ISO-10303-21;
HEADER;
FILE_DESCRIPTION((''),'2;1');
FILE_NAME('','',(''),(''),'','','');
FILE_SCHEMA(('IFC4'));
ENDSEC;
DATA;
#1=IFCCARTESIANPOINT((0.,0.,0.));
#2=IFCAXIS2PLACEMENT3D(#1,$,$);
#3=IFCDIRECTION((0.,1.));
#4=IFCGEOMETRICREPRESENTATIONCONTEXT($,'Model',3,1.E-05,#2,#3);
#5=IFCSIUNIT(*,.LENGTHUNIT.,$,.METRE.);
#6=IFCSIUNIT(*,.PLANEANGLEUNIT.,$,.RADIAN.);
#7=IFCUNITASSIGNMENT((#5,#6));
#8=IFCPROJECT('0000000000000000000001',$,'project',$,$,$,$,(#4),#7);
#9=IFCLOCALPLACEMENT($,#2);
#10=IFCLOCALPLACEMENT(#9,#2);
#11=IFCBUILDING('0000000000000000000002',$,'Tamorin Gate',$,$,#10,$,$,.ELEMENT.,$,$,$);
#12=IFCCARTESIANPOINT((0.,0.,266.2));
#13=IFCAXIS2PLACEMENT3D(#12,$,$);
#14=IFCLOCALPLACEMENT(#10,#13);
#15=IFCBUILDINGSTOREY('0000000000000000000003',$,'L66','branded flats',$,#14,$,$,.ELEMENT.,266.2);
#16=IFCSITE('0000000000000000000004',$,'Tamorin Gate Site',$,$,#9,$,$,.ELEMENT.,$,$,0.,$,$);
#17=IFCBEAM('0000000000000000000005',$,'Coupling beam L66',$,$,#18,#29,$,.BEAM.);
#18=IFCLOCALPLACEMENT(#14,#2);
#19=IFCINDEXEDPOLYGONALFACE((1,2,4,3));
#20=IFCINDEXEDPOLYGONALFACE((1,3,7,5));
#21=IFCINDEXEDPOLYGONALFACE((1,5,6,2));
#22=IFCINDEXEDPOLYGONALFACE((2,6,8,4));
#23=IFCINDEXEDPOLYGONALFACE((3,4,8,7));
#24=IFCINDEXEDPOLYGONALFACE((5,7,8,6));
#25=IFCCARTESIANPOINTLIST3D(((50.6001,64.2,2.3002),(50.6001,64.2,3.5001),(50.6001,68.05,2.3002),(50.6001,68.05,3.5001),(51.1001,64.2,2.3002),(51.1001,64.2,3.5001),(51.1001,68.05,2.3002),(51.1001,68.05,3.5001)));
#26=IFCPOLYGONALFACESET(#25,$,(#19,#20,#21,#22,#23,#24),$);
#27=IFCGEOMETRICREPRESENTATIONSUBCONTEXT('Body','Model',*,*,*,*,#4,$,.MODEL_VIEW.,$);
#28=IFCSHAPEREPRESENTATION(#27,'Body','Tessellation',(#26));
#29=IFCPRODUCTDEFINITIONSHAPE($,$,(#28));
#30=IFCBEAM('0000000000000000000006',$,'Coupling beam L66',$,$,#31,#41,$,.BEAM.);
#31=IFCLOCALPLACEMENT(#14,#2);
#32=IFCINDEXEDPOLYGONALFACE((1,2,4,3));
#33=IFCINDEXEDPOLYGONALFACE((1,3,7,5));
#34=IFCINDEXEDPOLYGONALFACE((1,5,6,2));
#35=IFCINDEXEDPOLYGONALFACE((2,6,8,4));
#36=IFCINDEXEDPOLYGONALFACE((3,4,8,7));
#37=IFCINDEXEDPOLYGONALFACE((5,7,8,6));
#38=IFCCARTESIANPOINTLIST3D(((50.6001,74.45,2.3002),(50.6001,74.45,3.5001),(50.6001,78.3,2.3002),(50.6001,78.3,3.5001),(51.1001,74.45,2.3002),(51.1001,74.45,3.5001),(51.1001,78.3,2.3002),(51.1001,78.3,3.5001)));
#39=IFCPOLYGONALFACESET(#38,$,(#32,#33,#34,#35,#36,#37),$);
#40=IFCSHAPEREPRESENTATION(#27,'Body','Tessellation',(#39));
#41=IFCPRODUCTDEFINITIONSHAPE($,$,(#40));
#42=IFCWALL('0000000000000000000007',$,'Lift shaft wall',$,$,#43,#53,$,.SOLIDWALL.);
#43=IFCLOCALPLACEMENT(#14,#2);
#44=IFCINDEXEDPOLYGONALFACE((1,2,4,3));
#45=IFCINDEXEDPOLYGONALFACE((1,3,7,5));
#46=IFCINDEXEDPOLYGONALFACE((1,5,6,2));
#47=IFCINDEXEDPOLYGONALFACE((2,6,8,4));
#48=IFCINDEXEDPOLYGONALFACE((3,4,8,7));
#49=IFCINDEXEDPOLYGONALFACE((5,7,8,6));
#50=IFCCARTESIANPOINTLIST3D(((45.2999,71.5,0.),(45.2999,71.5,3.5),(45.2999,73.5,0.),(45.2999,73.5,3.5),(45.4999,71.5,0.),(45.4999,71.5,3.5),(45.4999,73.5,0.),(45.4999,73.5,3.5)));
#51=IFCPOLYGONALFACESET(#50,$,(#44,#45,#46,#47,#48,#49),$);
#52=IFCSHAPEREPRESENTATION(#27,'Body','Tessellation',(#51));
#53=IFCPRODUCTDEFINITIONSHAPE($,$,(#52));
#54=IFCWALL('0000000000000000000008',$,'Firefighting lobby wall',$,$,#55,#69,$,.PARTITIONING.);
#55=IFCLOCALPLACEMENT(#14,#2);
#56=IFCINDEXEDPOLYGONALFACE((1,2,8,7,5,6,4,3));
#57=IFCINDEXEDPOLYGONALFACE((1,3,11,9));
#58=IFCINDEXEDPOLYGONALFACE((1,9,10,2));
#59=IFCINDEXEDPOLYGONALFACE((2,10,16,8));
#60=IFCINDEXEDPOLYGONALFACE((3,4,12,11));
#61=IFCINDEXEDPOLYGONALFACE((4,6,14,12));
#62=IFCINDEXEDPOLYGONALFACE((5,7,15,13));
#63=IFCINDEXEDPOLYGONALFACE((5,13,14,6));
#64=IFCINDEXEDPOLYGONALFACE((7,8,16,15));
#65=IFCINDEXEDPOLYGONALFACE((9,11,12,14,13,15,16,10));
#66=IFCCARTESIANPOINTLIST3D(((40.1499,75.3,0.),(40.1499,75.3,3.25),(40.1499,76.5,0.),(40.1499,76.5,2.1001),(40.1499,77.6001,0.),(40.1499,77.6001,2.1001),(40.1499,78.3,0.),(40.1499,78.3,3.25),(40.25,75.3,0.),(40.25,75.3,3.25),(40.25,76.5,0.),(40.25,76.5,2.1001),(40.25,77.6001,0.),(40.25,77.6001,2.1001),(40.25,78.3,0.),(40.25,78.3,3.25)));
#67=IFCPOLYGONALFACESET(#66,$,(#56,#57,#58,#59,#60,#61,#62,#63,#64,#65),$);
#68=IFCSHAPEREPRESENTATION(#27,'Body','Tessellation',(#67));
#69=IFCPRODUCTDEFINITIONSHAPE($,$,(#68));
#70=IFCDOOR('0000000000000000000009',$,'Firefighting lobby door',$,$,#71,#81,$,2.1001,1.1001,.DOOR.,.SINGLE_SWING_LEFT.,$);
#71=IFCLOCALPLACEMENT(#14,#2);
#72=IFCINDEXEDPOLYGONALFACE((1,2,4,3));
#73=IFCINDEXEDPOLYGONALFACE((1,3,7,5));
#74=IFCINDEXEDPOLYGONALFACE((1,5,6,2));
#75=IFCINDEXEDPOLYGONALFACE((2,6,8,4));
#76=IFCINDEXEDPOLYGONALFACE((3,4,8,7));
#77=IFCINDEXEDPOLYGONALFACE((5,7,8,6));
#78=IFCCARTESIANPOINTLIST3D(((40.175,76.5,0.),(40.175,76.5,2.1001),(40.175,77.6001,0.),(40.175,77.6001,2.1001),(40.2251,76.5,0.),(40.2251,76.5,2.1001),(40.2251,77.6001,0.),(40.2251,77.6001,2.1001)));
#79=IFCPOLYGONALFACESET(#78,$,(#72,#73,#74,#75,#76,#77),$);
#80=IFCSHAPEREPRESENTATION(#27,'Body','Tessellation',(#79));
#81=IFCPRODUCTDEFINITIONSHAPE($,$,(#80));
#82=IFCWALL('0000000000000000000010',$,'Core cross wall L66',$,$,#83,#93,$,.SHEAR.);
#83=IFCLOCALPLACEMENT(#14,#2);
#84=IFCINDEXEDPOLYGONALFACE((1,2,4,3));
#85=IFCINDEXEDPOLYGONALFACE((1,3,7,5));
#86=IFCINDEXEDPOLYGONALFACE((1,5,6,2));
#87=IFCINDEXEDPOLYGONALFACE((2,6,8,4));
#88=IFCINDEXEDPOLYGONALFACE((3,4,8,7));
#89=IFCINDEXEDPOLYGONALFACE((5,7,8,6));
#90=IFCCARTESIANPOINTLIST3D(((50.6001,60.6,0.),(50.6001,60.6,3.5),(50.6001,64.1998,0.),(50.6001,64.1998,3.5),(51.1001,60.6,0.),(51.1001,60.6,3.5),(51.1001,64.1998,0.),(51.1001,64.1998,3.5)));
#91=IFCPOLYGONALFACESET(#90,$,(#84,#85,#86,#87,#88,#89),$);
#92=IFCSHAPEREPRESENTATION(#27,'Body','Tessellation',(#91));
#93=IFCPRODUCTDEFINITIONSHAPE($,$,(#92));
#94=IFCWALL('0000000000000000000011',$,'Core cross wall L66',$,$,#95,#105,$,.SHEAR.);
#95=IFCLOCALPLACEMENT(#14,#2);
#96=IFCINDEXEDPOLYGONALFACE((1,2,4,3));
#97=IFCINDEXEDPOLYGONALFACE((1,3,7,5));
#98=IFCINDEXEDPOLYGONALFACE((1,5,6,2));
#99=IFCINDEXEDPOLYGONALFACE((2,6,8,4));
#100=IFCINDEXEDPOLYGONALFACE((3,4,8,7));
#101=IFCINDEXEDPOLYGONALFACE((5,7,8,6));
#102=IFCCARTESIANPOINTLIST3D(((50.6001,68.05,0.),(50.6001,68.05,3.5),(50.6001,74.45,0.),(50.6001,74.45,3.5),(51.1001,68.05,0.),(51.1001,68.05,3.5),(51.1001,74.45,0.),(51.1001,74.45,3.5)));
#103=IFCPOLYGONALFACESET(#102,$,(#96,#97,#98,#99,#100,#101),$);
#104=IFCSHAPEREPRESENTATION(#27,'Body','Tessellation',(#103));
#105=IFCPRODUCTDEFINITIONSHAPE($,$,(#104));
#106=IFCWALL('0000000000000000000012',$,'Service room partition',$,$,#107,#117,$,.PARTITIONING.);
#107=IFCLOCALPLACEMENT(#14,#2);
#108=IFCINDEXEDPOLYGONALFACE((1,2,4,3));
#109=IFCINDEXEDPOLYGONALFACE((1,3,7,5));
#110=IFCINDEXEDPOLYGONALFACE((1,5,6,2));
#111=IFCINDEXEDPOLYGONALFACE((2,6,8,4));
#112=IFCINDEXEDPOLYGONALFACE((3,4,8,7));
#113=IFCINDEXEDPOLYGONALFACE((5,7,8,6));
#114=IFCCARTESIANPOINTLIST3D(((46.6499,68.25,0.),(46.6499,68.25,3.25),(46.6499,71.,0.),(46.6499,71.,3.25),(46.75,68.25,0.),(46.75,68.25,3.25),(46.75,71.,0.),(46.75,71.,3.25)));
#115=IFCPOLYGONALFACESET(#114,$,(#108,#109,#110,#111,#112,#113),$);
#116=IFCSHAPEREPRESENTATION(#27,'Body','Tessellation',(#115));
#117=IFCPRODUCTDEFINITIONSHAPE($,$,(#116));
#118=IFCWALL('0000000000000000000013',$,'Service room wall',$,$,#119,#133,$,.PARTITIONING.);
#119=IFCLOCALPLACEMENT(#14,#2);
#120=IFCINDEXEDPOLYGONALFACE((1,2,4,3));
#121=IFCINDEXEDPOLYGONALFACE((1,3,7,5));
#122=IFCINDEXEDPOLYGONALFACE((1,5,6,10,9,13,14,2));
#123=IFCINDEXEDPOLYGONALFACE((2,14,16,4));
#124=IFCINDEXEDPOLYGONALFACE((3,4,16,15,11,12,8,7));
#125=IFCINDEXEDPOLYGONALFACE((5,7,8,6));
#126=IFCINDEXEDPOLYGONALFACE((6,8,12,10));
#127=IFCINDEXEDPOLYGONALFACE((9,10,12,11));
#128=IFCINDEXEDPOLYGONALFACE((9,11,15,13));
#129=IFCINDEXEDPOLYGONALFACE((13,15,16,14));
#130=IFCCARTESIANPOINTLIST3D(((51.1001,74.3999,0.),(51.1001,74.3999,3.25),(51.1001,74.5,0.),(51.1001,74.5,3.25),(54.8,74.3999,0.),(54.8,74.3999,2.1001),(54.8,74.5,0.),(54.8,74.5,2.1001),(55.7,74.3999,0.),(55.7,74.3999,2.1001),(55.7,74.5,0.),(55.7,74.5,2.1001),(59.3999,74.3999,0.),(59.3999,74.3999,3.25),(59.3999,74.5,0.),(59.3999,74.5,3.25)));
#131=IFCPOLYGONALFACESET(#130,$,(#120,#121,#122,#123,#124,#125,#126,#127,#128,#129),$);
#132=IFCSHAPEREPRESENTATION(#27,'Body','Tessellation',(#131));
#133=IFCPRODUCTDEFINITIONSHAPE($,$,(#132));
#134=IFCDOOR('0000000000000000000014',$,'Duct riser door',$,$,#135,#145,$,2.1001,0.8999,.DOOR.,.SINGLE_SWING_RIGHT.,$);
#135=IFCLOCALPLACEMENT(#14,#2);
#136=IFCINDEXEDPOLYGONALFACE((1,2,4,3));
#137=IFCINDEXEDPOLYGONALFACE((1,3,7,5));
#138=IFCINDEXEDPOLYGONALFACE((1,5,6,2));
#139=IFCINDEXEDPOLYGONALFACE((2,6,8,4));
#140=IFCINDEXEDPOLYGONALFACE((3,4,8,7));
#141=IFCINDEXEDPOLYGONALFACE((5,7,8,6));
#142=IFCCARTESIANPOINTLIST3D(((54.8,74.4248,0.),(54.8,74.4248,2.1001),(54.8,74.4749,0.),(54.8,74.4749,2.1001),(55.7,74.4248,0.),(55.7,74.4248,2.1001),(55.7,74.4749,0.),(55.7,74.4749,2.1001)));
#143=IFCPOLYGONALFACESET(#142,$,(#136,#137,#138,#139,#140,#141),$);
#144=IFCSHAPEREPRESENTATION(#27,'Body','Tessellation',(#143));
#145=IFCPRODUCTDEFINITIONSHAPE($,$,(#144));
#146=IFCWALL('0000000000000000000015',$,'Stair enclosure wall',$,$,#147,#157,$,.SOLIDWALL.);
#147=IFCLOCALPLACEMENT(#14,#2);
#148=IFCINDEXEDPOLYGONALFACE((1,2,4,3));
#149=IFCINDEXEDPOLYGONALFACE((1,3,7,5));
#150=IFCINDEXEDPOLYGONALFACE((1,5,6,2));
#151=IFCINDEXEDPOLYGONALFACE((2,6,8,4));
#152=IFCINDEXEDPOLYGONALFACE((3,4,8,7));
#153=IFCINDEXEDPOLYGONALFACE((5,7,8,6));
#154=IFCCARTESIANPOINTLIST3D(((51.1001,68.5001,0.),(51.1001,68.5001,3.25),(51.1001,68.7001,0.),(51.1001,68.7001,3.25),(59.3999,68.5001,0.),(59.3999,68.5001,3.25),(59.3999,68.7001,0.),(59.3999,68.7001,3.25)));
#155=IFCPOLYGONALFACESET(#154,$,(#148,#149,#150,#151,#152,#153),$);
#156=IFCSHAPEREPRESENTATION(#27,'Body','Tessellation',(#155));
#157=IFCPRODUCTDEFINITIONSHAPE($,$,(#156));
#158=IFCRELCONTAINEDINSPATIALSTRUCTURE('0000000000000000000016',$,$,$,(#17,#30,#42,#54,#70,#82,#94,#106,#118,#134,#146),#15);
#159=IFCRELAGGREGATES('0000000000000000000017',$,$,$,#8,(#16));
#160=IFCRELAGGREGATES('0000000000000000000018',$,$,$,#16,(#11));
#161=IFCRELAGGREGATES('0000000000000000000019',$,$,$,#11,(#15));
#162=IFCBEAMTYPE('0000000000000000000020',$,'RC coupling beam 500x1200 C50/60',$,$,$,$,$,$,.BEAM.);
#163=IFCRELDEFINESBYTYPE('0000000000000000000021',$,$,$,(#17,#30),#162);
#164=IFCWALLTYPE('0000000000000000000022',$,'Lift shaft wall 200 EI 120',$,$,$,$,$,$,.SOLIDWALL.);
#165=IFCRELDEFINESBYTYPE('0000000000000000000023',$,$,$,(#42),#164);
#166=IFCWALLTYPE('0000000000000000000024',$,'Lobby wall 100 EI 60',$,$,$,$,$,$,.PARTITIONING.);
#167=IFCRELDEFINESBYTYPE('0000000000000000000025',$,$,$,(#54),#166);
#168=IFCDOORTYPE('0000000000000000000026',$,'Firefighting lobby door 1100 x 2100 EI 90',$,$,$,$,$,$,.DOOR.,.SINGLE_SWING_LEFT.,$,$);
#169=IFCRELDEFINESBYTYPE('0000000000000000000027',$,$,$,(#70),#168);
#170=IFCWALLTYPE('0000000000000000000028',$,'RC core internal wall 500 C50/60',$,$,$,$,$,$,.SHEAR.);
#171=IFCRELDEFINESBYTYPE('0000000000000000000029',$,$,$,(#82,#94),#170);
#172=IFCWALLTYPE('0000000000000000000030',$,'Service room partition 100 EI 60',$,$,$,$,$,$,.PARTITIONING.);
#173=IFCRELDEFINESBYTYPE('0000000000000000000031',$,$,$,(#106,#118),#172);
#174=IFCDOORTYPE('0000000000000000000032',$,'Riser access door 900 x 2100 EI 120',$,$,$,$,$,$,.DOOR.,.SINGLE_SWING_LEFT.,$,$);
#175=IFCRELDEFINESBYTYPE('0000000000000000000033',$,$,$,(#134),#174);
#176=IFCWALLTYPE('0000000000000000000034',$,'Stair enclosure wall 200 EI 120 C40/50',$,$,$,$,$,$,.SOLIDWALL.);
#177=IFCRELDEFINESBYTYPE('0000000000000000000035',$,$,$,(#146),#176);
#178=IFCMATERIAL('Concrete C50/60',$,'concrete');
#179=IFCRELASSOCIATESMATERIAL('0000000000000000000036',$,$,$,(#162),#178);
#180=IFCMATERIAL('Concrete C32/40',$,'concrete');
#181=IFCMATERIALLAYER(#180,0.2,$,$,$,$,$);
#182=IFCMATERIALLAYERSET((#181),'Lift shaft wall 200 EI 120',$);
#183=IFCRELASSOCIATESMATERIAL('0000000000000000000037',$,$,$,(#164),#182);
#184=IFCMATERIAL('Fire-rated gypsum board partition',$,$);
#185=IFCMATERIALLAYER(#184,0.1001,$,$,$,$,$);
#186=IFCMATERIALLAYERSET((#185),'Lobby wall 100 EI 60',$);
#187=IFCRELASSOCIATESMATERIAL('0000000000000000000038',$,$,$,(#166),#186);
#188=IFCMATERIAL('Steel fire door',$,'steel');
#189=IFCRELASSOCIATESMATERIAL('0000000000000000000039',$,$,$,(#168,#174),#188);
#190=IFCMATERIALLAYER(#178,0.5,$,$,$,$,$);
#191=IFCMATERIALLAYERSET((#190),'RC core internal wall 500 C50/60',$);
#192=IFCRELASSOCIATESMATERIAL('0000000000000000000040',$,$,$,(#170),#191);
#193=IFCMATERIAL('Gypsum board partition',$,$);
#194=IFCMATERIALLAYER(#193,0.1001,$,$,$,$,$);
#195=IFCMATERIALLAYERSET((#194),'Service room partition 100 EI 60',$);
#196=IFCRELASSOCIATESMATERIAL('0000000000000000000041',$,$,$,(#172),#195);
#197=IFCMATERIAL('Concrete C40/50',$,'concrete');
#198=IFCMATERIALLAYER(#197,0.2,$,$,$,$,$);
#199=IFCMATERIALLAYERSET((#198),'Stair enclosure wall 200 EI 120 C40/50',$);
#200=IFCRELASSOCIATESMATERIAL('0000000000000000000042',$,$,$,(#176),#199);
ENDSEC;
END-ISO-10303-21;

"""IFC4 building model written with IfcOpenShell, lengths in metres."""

from ifc_helpers import new_model, si_unit, direction, frame, frame_2d, origin, origin_2d, place, context, subcontext, project, spatial, rectangle, extrude, material, layer, layer_set, material_profile, profile_set, type_object, element, fill, save


model = new_model("IFC4")

# Units and contexts
model_context = context("Model", 3, precision=1e-05, world=origin(), true_north=direction((0.0, 1.0)))
body_context = subcontext(model_context, "Body", "Model", "MODEL_VIEW")
ifc_project = project(units=[si_unit("LENGTHUNIT", "METRE"), si_unit("PLANEANGLEUNIT", "RADIAN")], contexts=[model_context])

# Site, building, storey
site_placement = place(None, origin())
site = spatial("IfcSite", under=ifc_project, at=site_placement, Name="Tamorin Gate Site", CompositionType="ELEMENT", RefElevation=0.0)
building_placement = place(site_placement, origin())
building = spatial("IfcBuilding", under=site, at=building_placement, Name="Tamorin Gate", CompositionType="ELEMENT")
storey_placement = place(building_placement, frame((0.0, 0.0, 266.2)))
storey = spatial("IfcBuildingStorey", under=building, at=storey_placement, Name="L66", Description="branded flats", CompositionType="ELEMENT", Elevation=266.2)

# Beams
ifc_material_1 = material(Name="Concrete C50/60", Category="concrete")
ifc_material_profile = material_profile(ifc_material_1, rectangle(XDim=0.5, YDim=1.2, at=origin_2d()), Name="RC 500x1200")
ifc_profile_set = profile_set([ifc_material_profile], Name="Concrete C50/60")
beam_type = type_object("IfcBeamType", Name="RC coupling beam 500x1200 C50/60", PredefinedType="BEAM", material=ifc_profile_set)
for number, where, z_axis, x_axis, name in (
    (1, (50.8501, 64.2, 2.9001), (0.0, 1.0, 0.0), (-1.0, 0.0, 0.0), "Coupling beam L66"),
    (2, (50.8501, 74.45, 2.9001), (0.0, 1.0, 0.0), (-1.0, 0.0, 0.0), "Coupling beam L66"),
):
    element("IfcBeam", number, at=place(storey_placement, frame(where, z_axis=z_axis, x_axis=x_axis)), inside=storey, type_object=beam_type, Name=name, PredefinedType="BEAM", context=body_context, shape_type="SweptSolid", body=[
        extrude(rectangle(XDim=0.5, YDim=1.2, at=origin_2d()), origin(), (0.0, 0.0, 1.0), 3.8501),
    ])

# Wall
ifc_material_2 = material(Name="Concrete C32/40", Category="concrete")
ifc_layer_1 = layer(ifc_material_2, 0.2)
ifc_layer_set_1 = layer_set([ifc_layer_1], Name="Lift shaft wall 200 EI 120")
wall_type_1 = type_object("IfcWallType", Name="Lift shaft wall 200 EI 120", PredefinedType="SOLIDWALL", material=ifc_layer_set_1)
wall_1_placement = place(storey_placement, frame((45.3999, 71.5, 0.0), z_axis=(0.0, 0.0, 1.0), x_axis=(0.0, 1.0, 0.0)))
element("IfcWall", 3, at=wall_1_placement, inside=storey, type_object=wall_type_1, Name="Lift shaft wall", PredefinedType="SOLIDWALL", context=body_context, shape_type="SweptSolid", body=[
    extrude(rectangle(XDim=2.0, YDim=0.2, at=frame_2d((1.0, 0.0))), origin(), (0.0, 0.0, 1.0), 3.5),
])

# Wall, opening, door
ifc_material_3 = material(Name="Fire-rated gypsum board partition")
ifc_layer_2 = layer(ifc_material_3, 0.1001)
ifc_layer_set_2 = layer_set([ifc_layer_2], Name="Lobby wall 100 EI 60")
wall_type_2 = type_object("IfcWallType", Name="Lobby wall 100 EI 60", PredefinedType="PARTITIONING", material=ifc_layer_set_2)
wall_2_placement = place(storey_placement, frame((40.2, 75.3, 0.0), z_axis=(0.0, 0.0, 1.0), x_axis=(0.0, 1.0, 0.0)))
wall_2 = element("IfcWall", 4, at=wall_2_placement, inside=storey, type_object=wall_type_2, Name="Firefighting lobby wall", PredefinedType="PARTITIONING", context=body_context, shape_type="SweptSolid", body=[
    extrude(rectangle(XDim=3.0, YDim=0.1001, at=frame_2d((1.5, 0.0))), origin(), (0.0, 0.0, 1.0), 3.25),
])
opening_1_placement = place(wall_2_placement, frame((1.2, 0.0, 0.0)))
opening_1 = element("IfcOpeningElement", 5, at=opening_1_placement, cuts=wall_2, PredefinedType="OPENING", context=body_context, shape_type="SweptSolid", body=[
    extrude(rectangle(XDim=1.1001, YDim=2.1001, at=frame_2d((0.55, 1.05))), frame((0.0, 0.0601, 0.0), z_axis=(0.0, -1.0, 0.0), x_axis=(1.0, 0.0, 0.0)), (0.0, 0.0, 1.0), 0.1201),
])
ifc_material_4 = material(Name="Steel fire door", Category="steel")
door_type_1 = type_object("IfcDoorType", Name="Firefighting lobby door 1100 x 2100 EI 90", OperationType="SINGLE_SWING_LEFT", PredefinedType="DOOR", material=ifc_material_4)
door_1_placement = place(opening_1_placement, origin())
door_1 = element("IfcDoor", 6, at=door_1_placement, inside=storey, type_object=door_type_1, Name="Firefighting lobby door", OperationType="SINGLE_SWING_LEFT", OverallHeight=2.1001, OverallWidth=1.1001, PredefinedType="DOOR", context=body_context, shape_type="SweptSolid", body=[
    extrude(rectangle(XDim=1.1001, YDim=2.1001, at=frame_2d((0.55, 1.05))), frame((0.0, 0.0249, 0.0), z_axis=(0.0, -1.0, 0.0), x_axis=(1.0, 0.0, 0.0)), (0.0, 0.0, 1.0), 0.05),
])
fill(opening_1, door_1)

# Walls
ifc_layer_3 = layer(ifc_material_1, 0.5)
ifc_layer_set_3 = layer_set([ifc_layer_3], Name="RC core internal wall 500 C50/60")
wall_type_3 = type_object("IfcWallType", Name="RC core internal wall 500 C50/60", PredefinedType="SHEAR", material=ifc_layer_set_3)
wall_3_placement = place(storey_placement, frame((50.8501, 60.6001, 0.0), z_axis=(0.0, 0.0, 1.0), x_axis=(0.0, 1.0, 0.0)))
element("IfcWall", 7, at=wall_3_placement, inside=storey, type_object=wall_type_3, Name="Core cross wall L66", PredefinedType="SHEAR", context=body_context, shape_type="SweptSolid", body=[
    extrude(rectangle(XDim=3.5999, YDim=0.5, at=frame_2d((1.7998, 0.0))), origin(), (0.0, 0.0, 1.0), 3.5),
])
wall_4_placement = place(storey_placement, frame((50.8501, 68.05, 0.0), z_axis=(0.0, 0.0, 1.0), x_axis=(0.0, 1.0, 0.0)))
element("IfcWall", 8, at=wall_4_placement, inside=storey, type_object=wall_type_3, Name="Core cross wall L66", PredefinedType="SHEAR", context=body_context, shape_type="SweptSolid", body=[
    extrude(rectangle(XDim=6.3999, YDim=0.5, at=frame_2d((3.2, 0.0))), origin(), (0.0, 0.0, 1.0), 3.5),
])
ifc_material_5 = material(Name="Gypsum board partition")
ifc_layer_4 = layer(ifc_material_5, 0.1001)
ifc_layer_set_4 = layer_set([ifc_layer_4], Name="Service room partition 100 EI 60")
wall_type_4 = type_object("IfcWallType", Name="Service room partition 100 EI 60", PredefinedType="PARTITIONING", material=ifc_layer_set_4)
wall_5_placement = place(storey_placement, frame((46.7, 68.25, 0.0), z_axis=(0.0, 0.0, 1.0), x_axis=(0.0, 1.0, 0.0)))
element("IfcWall", 9, at=wall_5_placement, inside=storey, type_object=wall_type_4, Name="Service room partition", PredefinedType="PARTITIONING", context=body_context, shape_type="SweptSolid", body=[
    extrude(rectangle(XDim=2.75, YDim=0.1001, at=frame_2d((1.375, 0.0))), origin(), (0.0, 0.0, 1.0), 3.25),
])

# Wall, opening, door
wall_6_placement = place(storey_placement, frame((51.1001, 74.45, 0.0), z_axis=(0.0, 0.0, 1.0), x_axis=(1.0, 0.0, 0.0)))
wall_6 = element("IfcWall", 10, at=wall_6_placement, inside=storey, type_object=wall_type_4, Name="Service room wall", PredefinedType="PARTITIONING", context=body_context, shape_type="SweptSolid", body=[
    extrude(rectangle(XDim=8.2998, YDim=0.1001, at=frame_2d((4.1499, 0.0))), origin(), (0.0, 0.0, 1.0), 3.25),
])
opening_2_placement = place(wall_6_placement, frame((3.7, 0.0, 0.0)))
opening_2 = element("IfcOpeningElement", 11, at=opening_2_placement, cuts=wall_6, PredefinedType="OPENING", context=body_context, shape_type="SweptSolid", body=[
    extrude(rectangle(XDim=0.8999, YDim=2.1001, at=frame_2d((0.45, 1.05))), frame((0.0, 0.0601, 0.0), z_axis=(0.0, -1.0, 0.0), x_axis=(1.0, 0.0, 0.0)), (0.0, 0.0, 1.0), 0.1201),
])
door_type_2 = type_object("IfcDoorType", Name="Riser access door 900 x 2100 EI 120", OperationType="SINGLE_SWING_LEFT", PredefinedType="DOOR", material=ifc_material_4)
door_2_placement = place(opening_2_placement, origin())
door_2 = element("IfcDoor", 12, at=door_2_placement, inside=storey, type_object=door_type_2, Name="Duct riser door", OperationType="SINGLE_SWING_RIGHT", OverallHeight=2.1001, OverallWidth=0.8999, PredefinedType="DOOR", context=body_context, shape_type="SweptSolid", body=[
    extrude(rectangle(XDim=0.8999, YDim=2.1001, at=frame_2d((0.45, 1.05))), frame((0.0, 0.0249, 0.0), z_axis=(0.0, -1.0, 0.0), x_axis=(1.0, 0.0, 0.0)), (0.0, 0.0, 1.0), 0.05),
])
fill(opening_2, door_2)

# Wall
ifc_material_6 = material(Name="Concrete C40/50", Category="concrete")
ifc_layer_5 = layer(ifc_material_6, 0.2)
ifc_layer_set_5 = layer_set([ifc_layer_5], Name="Stair enclosure wall 200 EI 120 C40/50")
wall_type_5 = type_object("IfcWallType", Name="Stair enclosure wall 200 EI 120 C40/50", PredefinedType="SOLIDWALL", material=ifc_layer_set_5)
wall_7_placement = place(storey_placement, frame((51.1001, 68.6001, 0.0), z_axis=(0.0, 0.0, 1.0), x_axis=(1.0, 0.0, 0.0)))
element("IfcWall", 13, at=wall_7_placement, inside=storey, type_object=wall_type_5, Name="Stair enclosure wall", PredefinedType="SOLIDWALL", context=body_context, shape_type="SweptSolid", body=[
    extrude(rectangle(XDim=8.2998, YDim=0.2, at=frame_2d((4.1499, 0.0))), origin(), (0.0, 0.0, 1.0), 3.25),
])

save(model, "model.ifc")
